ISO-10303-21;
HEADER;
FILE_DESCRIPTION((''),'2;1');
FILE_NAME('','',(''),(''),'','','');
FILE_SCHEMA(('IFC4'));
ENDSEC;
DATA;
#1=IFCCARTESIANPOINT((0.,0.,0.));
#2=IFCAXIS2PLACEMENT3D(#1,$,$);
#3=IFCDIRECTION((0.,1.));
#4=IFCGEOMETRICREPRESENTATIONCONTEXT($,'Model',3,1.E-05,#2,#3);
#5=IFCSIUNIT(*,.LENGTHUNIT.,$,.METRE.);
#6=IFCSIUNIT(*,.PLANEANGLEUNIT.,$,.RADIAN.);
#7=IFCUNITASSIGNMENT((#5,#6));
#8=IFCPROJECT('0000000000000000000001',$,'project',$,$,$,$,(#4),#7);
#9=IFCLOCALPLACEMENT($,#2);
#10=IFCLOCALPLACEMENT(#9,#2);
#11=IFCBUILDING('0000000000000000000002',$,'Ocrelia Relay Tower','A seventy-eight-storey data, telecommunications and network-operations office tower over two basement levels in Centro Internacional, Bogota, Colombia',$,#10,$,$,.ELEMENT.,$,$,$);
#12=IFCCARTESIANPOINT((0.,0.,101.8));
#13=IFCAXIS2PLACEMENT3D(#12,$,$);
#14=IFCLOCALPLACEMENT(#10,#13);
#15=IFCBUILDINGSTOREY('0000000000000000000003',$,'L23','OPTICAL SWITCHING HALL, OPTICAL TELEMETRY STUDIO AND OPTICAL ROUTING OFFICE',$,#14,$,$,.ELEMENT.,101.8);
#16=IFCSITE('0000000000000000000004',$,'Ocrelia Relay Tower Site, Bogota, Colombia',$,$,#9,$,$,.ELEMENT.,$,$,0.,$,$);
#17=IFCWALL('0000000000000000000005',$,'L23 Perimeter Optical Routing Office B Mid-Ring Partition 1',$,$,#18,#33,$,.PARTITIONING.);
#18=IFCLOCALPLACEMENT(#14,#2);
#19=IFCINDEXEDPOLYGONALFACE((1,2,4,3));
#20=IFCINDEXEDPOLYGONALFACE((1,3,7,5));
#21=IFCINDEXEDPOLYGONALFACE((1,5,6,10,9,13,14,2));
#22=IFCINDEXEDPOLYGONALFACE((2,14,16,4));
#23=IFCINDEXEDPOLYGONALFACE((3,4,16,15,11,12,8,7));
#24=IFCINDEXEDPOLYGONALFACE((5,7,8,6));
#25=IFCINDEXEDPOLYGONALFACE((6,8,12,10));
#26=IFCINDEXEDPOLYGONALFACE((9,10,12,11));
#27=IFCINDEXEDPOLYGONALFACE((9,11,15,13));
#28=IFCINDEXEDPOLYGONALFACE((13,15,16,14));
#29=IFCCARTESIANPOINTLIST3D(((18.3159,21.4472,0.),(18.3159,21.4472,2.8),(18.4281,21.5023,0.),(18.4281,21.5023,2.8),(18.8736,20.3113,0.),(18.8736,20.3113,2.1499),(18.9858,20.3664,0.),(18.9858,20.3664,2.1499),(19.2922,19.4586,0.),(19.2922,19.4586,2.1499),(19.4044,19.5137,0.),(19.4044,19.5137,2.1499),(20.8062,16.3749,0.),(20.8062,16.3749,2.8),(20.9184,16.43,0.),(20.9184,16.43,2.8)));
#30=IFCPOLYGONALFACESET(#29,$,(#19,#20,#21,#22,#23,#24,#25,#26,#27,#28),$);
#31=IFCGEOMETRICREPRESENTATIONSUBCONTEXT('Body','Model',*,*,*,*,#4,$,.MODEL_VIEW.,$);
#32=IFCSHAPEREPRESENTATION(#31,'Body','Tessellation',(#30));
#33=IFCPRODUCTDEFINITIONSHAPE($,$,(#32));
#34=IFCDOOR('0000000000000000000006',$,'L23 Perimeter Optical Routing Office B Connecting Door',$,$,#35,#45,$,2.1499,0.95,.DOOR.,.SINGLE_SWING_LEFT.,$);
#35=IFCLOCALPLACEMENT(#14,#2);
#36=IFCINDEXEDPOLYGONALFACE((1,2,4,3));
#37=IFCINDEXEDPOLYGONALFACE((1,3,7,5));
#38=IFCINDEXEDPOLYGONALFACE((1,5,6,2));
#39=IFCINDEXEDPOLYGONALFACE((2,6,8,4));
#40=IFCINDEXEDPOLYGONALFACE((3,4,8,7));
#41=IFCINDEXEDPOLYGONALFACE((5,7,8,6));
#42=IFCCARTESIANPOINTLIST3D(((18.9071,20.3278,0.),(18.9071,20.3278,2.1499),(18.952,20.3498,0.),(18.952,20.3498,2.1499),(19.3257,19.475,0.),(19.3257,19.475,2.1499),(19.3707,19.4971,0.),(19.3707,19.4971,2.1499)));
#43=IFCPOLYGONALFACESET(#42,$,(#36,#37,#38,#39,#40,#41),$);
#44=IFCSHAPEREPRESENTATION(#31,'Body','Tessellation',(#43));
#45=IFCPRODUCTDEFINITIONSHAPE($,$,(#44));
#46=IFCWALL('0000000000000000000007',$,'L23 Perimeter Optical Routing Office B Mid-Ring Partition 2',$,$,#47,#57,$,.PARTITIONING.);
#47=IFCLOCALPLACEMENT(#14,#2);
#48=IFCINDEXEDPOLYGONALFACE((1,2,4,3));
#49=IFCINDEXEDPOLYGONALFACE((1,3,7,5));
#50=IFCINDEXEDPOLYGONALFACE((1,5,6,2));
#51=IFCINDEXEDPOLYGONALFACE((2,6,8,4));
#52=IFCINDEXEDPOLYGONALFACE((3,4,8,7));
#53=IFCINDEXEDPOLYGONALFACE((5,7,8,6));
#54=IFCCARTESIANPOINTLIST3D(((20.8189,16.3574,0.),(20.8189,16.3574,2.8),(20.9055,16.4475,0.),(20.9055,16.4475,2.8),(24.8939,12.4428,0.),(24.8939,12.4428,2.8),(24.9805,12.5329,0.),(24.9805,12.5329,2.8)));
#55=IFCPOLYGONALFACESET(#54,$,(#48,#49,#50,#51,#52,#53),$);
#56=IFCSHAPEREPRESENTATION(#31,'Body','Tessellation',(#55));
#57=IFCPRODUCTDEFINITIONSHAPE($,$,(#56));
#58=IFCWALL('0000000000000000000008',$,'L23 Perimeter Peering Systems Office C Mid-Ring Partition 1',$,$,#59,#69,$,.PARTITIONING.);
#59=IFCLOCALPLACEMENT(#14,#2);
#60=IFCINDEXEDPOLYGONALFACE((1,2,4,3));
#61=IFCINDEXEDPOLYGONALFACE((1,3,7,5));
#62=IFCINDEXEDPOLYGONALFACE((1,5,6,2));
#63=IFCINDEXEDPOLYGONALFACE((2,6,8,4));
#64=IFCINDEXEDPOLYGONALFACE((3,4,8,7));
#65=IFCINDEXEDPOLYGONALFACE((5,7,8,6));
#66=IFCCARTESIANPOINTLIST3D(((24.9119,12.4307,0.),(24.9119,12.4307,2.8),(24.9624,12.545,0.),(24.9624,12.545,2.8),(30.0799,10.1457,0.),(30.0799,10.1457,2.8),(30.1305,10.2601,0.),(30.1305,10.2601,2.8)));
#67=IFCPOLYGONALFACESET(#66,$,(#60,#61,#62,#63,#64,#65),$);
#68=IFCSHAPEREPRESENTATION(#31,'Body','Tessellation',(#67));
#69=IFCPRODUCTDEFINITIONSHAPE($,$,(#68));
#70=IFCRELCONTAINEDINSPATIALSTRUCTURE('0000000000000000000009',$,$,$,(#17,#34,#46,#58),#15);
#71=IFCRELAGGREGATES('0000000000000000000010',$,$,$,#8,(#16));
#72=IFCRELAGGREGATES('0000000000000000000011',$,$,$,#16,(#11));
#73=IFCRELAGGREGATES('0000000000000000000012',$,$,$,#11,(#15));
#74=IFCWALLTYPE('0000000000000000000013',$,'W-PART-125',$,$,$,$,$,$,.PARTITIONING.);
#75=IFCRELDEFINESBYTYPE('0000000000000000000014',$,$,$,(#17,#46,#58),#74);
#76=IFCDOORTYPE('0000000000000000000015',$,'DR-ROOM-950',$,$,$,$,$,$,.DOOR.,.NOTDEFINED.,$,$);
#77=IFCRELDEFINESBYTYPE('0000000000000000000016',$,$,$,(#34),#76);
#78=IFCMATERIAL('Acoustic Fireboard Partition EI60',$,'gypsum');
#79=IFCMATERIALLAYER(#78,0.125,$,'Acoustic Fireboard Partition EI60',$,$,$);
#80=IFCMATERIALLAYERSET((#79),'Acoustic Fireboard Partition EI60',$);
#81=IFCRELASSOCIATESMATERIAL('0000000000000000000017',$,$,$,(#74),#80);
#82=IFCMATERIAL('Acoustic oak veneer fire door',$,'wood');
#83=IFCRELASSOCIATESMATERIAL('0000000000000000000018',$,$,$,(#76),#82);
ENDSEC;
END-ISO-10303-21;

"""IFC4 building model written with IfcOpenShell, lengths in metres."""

from ifc_helpers import new_model, si_unit, direction, frame, frame_2d, origin, place, context, subcontext, project, spatial, rectangle, extrude, material, layer, layer_set, type_object, element, fill, save


model = new_model("IFC4")

# Units and contexts
model_context = context("Model", 3, precision=1e-05, world=origin(), true_north=direction((0.0, 1.0)))
body_context = subcontext(model_context, "Body", "Model", "MODEL_VIEW")
ifc_project = project(units=[si_unit("LENGTHUNIT", "METRE"), si_unit("PLANEANGLEUNIT", "RADIAN")], contexts=[model_context])

# Site, building, storey
site_placement = place(None, origin())
site = spatial("IfcSite", under=ifc_project, at=site_placement, Name="Ocrelia Relay Tower Site, Bogota, Colombia", CompositionType="ELEMENT", RefElevation=0.0)
building_placement = place(site_placement, origin())
building = spatial("IfcBuilding", under=site, at=building_placement, Name="Ocrelia Relay Tower", Description="A seventy-eight-storey data, telecommunications and network-operations office tower over two basement levels in Centro Internacional, Bogota, Colombia", CompositionType="ELEMENT")
storey_placement = place(building_placement, frame((0.0, 0.0, 101.8)))
storey = spatial("IfcBuildingStorey", under=building, at=storey_placement, Name="L23", Description="OPTICAL SWITCHING HALL, OPTICAL TELEMETRY STUDIO AND OPTICAL ROUTING OFFICE", CompositionType="ELEMENT", Elevation=101.8)

# Shared definitions
ifc_material_1 = material(Name="Acoustic oak veneer fire door", Category="wood")

# Shared definitions
ifc_material_2 = material(Name="Acoustic Fireboard Partition EI60", Category="gypsum")
ifc_layer_1 = layer(ifc_material_2, 0.125, Name="Acoustic Fireboard Partition EI60")
ifc_layer_set_1 = layer_set([ifc_layer_1], Name="Acoustic Fireboard Partition EI60")
wall_type_1 = type_object("IfcWallType", Name="W-PART-125", PredefinedType="PARTITIONING", material=ifc_layer_set_1)

# Wall, opening, door
wall_1_placement = place(storey_placement, frame((18.3721, 21.4746, 0.0), z_axis=(0.0, 0.0, 1.0), x_axis=(0.440704, -0.897653, 0.0)))
wall_1 = element("IfcWall", 1, at=wall_1_placement, inside=storey, type_object=wall_type_1, Name="L23 Perimeter Optical Routing Office B Mid-Ring Partition 1", PredefinedType="PARTITIONING", context=body_context, shape_type="SweptSolid", body=[
    extrude(rectangle(XDim=5.6506, YDim=0.125, at=frame_2d((2.8252, 0.0))), origin(), (0.0, 0.0, 1.0), 2.8),
])
opening_1_placement = place(wall_1_placement, frame((1.2651, 0.0, 0.0)))
opening_1 = element("IfcOpeningElement", 2, at=opening_1_placement, cuts=wall_1, PredefinedType="OPENING", context=body_context, shape_type="SweptSolid", body=[
    extrude(rectangle(XDim=0.95, YDim=2.1499, at=frame_2d((0.4751, 1.075))), frame((0.0, 0.0725, 0.0), z_axis=(0.0, -1.0, 0.0), x_axis=(1.0, 0.0, 0.0)), (0.0, 0.0, 1.0), 0.145),
])
door_type_1 = type_object("IfcDoorType", Name="DR-ROOM-950", OperationType="NOTDEFINED", PredefinedType="DOOR", material=ifc_material_1)
door_1_placement = place(opening_1_placement, origin())
door_1 = element("IfcDoor", 3, at=door_1_placement, inside=storey, type_object=door_type_1, Name="L23 Perimeter Optical Routing Office B Connecting Door", OperationType="SINGLE_SWING_LEFT", OverallHeight=2.1499, OverallWidth=0.95, PredefinedType="DOOR", context=body_context, shape_type="SweptSolid", body=[
    extrude(rectangle(XDim=0.95, YDim=2.1499, at=frame_2d((0.4751, 1.075))), frame((0.0, 0.0249, 0.0), z_axis=(0.0, -1.0, 0.0), x_axis=(1.0, 0.0, 0.0)), (0.0, 0.0, 1.0), 0.05),
])
fill(opening_1, door_1)

# Walls
for number, where, z_axis, x_axis, name in (
    (4, (20.8623, 16.4023, 0.0), (0.0, 0.0, 1.0), (0.721158, -0.692771, 0.0), "L23 Perimeter Optical Routing Office B Mid-Ring Partition 2"),
    (5, (24.9373, 12.4878, 0.0), (0.0, 0.0, 1.0), (0.914596, -0.40437, 0.0), "L23 Perimeter Peering Systems Office C Mid-Ring Partition 1"),
):
    element("IfcWall", number, at=place(storey_placement, frame(where, z_axis=z_axis, x_axis=x_axis)), inside=storey, type_object=wall_type_1, Name=name, PredefinedType="PARTITIONING", context=body_context, shape_type="SweptSolid", body=[
        extrude(rectangle(XDim=5.6506, YDim=0.125, at=frame_2d((2.8252, 0.0))), origin(), (0.0, 0.0, 1.0), 2.8),
    ])

save(model, "model.ifc")
